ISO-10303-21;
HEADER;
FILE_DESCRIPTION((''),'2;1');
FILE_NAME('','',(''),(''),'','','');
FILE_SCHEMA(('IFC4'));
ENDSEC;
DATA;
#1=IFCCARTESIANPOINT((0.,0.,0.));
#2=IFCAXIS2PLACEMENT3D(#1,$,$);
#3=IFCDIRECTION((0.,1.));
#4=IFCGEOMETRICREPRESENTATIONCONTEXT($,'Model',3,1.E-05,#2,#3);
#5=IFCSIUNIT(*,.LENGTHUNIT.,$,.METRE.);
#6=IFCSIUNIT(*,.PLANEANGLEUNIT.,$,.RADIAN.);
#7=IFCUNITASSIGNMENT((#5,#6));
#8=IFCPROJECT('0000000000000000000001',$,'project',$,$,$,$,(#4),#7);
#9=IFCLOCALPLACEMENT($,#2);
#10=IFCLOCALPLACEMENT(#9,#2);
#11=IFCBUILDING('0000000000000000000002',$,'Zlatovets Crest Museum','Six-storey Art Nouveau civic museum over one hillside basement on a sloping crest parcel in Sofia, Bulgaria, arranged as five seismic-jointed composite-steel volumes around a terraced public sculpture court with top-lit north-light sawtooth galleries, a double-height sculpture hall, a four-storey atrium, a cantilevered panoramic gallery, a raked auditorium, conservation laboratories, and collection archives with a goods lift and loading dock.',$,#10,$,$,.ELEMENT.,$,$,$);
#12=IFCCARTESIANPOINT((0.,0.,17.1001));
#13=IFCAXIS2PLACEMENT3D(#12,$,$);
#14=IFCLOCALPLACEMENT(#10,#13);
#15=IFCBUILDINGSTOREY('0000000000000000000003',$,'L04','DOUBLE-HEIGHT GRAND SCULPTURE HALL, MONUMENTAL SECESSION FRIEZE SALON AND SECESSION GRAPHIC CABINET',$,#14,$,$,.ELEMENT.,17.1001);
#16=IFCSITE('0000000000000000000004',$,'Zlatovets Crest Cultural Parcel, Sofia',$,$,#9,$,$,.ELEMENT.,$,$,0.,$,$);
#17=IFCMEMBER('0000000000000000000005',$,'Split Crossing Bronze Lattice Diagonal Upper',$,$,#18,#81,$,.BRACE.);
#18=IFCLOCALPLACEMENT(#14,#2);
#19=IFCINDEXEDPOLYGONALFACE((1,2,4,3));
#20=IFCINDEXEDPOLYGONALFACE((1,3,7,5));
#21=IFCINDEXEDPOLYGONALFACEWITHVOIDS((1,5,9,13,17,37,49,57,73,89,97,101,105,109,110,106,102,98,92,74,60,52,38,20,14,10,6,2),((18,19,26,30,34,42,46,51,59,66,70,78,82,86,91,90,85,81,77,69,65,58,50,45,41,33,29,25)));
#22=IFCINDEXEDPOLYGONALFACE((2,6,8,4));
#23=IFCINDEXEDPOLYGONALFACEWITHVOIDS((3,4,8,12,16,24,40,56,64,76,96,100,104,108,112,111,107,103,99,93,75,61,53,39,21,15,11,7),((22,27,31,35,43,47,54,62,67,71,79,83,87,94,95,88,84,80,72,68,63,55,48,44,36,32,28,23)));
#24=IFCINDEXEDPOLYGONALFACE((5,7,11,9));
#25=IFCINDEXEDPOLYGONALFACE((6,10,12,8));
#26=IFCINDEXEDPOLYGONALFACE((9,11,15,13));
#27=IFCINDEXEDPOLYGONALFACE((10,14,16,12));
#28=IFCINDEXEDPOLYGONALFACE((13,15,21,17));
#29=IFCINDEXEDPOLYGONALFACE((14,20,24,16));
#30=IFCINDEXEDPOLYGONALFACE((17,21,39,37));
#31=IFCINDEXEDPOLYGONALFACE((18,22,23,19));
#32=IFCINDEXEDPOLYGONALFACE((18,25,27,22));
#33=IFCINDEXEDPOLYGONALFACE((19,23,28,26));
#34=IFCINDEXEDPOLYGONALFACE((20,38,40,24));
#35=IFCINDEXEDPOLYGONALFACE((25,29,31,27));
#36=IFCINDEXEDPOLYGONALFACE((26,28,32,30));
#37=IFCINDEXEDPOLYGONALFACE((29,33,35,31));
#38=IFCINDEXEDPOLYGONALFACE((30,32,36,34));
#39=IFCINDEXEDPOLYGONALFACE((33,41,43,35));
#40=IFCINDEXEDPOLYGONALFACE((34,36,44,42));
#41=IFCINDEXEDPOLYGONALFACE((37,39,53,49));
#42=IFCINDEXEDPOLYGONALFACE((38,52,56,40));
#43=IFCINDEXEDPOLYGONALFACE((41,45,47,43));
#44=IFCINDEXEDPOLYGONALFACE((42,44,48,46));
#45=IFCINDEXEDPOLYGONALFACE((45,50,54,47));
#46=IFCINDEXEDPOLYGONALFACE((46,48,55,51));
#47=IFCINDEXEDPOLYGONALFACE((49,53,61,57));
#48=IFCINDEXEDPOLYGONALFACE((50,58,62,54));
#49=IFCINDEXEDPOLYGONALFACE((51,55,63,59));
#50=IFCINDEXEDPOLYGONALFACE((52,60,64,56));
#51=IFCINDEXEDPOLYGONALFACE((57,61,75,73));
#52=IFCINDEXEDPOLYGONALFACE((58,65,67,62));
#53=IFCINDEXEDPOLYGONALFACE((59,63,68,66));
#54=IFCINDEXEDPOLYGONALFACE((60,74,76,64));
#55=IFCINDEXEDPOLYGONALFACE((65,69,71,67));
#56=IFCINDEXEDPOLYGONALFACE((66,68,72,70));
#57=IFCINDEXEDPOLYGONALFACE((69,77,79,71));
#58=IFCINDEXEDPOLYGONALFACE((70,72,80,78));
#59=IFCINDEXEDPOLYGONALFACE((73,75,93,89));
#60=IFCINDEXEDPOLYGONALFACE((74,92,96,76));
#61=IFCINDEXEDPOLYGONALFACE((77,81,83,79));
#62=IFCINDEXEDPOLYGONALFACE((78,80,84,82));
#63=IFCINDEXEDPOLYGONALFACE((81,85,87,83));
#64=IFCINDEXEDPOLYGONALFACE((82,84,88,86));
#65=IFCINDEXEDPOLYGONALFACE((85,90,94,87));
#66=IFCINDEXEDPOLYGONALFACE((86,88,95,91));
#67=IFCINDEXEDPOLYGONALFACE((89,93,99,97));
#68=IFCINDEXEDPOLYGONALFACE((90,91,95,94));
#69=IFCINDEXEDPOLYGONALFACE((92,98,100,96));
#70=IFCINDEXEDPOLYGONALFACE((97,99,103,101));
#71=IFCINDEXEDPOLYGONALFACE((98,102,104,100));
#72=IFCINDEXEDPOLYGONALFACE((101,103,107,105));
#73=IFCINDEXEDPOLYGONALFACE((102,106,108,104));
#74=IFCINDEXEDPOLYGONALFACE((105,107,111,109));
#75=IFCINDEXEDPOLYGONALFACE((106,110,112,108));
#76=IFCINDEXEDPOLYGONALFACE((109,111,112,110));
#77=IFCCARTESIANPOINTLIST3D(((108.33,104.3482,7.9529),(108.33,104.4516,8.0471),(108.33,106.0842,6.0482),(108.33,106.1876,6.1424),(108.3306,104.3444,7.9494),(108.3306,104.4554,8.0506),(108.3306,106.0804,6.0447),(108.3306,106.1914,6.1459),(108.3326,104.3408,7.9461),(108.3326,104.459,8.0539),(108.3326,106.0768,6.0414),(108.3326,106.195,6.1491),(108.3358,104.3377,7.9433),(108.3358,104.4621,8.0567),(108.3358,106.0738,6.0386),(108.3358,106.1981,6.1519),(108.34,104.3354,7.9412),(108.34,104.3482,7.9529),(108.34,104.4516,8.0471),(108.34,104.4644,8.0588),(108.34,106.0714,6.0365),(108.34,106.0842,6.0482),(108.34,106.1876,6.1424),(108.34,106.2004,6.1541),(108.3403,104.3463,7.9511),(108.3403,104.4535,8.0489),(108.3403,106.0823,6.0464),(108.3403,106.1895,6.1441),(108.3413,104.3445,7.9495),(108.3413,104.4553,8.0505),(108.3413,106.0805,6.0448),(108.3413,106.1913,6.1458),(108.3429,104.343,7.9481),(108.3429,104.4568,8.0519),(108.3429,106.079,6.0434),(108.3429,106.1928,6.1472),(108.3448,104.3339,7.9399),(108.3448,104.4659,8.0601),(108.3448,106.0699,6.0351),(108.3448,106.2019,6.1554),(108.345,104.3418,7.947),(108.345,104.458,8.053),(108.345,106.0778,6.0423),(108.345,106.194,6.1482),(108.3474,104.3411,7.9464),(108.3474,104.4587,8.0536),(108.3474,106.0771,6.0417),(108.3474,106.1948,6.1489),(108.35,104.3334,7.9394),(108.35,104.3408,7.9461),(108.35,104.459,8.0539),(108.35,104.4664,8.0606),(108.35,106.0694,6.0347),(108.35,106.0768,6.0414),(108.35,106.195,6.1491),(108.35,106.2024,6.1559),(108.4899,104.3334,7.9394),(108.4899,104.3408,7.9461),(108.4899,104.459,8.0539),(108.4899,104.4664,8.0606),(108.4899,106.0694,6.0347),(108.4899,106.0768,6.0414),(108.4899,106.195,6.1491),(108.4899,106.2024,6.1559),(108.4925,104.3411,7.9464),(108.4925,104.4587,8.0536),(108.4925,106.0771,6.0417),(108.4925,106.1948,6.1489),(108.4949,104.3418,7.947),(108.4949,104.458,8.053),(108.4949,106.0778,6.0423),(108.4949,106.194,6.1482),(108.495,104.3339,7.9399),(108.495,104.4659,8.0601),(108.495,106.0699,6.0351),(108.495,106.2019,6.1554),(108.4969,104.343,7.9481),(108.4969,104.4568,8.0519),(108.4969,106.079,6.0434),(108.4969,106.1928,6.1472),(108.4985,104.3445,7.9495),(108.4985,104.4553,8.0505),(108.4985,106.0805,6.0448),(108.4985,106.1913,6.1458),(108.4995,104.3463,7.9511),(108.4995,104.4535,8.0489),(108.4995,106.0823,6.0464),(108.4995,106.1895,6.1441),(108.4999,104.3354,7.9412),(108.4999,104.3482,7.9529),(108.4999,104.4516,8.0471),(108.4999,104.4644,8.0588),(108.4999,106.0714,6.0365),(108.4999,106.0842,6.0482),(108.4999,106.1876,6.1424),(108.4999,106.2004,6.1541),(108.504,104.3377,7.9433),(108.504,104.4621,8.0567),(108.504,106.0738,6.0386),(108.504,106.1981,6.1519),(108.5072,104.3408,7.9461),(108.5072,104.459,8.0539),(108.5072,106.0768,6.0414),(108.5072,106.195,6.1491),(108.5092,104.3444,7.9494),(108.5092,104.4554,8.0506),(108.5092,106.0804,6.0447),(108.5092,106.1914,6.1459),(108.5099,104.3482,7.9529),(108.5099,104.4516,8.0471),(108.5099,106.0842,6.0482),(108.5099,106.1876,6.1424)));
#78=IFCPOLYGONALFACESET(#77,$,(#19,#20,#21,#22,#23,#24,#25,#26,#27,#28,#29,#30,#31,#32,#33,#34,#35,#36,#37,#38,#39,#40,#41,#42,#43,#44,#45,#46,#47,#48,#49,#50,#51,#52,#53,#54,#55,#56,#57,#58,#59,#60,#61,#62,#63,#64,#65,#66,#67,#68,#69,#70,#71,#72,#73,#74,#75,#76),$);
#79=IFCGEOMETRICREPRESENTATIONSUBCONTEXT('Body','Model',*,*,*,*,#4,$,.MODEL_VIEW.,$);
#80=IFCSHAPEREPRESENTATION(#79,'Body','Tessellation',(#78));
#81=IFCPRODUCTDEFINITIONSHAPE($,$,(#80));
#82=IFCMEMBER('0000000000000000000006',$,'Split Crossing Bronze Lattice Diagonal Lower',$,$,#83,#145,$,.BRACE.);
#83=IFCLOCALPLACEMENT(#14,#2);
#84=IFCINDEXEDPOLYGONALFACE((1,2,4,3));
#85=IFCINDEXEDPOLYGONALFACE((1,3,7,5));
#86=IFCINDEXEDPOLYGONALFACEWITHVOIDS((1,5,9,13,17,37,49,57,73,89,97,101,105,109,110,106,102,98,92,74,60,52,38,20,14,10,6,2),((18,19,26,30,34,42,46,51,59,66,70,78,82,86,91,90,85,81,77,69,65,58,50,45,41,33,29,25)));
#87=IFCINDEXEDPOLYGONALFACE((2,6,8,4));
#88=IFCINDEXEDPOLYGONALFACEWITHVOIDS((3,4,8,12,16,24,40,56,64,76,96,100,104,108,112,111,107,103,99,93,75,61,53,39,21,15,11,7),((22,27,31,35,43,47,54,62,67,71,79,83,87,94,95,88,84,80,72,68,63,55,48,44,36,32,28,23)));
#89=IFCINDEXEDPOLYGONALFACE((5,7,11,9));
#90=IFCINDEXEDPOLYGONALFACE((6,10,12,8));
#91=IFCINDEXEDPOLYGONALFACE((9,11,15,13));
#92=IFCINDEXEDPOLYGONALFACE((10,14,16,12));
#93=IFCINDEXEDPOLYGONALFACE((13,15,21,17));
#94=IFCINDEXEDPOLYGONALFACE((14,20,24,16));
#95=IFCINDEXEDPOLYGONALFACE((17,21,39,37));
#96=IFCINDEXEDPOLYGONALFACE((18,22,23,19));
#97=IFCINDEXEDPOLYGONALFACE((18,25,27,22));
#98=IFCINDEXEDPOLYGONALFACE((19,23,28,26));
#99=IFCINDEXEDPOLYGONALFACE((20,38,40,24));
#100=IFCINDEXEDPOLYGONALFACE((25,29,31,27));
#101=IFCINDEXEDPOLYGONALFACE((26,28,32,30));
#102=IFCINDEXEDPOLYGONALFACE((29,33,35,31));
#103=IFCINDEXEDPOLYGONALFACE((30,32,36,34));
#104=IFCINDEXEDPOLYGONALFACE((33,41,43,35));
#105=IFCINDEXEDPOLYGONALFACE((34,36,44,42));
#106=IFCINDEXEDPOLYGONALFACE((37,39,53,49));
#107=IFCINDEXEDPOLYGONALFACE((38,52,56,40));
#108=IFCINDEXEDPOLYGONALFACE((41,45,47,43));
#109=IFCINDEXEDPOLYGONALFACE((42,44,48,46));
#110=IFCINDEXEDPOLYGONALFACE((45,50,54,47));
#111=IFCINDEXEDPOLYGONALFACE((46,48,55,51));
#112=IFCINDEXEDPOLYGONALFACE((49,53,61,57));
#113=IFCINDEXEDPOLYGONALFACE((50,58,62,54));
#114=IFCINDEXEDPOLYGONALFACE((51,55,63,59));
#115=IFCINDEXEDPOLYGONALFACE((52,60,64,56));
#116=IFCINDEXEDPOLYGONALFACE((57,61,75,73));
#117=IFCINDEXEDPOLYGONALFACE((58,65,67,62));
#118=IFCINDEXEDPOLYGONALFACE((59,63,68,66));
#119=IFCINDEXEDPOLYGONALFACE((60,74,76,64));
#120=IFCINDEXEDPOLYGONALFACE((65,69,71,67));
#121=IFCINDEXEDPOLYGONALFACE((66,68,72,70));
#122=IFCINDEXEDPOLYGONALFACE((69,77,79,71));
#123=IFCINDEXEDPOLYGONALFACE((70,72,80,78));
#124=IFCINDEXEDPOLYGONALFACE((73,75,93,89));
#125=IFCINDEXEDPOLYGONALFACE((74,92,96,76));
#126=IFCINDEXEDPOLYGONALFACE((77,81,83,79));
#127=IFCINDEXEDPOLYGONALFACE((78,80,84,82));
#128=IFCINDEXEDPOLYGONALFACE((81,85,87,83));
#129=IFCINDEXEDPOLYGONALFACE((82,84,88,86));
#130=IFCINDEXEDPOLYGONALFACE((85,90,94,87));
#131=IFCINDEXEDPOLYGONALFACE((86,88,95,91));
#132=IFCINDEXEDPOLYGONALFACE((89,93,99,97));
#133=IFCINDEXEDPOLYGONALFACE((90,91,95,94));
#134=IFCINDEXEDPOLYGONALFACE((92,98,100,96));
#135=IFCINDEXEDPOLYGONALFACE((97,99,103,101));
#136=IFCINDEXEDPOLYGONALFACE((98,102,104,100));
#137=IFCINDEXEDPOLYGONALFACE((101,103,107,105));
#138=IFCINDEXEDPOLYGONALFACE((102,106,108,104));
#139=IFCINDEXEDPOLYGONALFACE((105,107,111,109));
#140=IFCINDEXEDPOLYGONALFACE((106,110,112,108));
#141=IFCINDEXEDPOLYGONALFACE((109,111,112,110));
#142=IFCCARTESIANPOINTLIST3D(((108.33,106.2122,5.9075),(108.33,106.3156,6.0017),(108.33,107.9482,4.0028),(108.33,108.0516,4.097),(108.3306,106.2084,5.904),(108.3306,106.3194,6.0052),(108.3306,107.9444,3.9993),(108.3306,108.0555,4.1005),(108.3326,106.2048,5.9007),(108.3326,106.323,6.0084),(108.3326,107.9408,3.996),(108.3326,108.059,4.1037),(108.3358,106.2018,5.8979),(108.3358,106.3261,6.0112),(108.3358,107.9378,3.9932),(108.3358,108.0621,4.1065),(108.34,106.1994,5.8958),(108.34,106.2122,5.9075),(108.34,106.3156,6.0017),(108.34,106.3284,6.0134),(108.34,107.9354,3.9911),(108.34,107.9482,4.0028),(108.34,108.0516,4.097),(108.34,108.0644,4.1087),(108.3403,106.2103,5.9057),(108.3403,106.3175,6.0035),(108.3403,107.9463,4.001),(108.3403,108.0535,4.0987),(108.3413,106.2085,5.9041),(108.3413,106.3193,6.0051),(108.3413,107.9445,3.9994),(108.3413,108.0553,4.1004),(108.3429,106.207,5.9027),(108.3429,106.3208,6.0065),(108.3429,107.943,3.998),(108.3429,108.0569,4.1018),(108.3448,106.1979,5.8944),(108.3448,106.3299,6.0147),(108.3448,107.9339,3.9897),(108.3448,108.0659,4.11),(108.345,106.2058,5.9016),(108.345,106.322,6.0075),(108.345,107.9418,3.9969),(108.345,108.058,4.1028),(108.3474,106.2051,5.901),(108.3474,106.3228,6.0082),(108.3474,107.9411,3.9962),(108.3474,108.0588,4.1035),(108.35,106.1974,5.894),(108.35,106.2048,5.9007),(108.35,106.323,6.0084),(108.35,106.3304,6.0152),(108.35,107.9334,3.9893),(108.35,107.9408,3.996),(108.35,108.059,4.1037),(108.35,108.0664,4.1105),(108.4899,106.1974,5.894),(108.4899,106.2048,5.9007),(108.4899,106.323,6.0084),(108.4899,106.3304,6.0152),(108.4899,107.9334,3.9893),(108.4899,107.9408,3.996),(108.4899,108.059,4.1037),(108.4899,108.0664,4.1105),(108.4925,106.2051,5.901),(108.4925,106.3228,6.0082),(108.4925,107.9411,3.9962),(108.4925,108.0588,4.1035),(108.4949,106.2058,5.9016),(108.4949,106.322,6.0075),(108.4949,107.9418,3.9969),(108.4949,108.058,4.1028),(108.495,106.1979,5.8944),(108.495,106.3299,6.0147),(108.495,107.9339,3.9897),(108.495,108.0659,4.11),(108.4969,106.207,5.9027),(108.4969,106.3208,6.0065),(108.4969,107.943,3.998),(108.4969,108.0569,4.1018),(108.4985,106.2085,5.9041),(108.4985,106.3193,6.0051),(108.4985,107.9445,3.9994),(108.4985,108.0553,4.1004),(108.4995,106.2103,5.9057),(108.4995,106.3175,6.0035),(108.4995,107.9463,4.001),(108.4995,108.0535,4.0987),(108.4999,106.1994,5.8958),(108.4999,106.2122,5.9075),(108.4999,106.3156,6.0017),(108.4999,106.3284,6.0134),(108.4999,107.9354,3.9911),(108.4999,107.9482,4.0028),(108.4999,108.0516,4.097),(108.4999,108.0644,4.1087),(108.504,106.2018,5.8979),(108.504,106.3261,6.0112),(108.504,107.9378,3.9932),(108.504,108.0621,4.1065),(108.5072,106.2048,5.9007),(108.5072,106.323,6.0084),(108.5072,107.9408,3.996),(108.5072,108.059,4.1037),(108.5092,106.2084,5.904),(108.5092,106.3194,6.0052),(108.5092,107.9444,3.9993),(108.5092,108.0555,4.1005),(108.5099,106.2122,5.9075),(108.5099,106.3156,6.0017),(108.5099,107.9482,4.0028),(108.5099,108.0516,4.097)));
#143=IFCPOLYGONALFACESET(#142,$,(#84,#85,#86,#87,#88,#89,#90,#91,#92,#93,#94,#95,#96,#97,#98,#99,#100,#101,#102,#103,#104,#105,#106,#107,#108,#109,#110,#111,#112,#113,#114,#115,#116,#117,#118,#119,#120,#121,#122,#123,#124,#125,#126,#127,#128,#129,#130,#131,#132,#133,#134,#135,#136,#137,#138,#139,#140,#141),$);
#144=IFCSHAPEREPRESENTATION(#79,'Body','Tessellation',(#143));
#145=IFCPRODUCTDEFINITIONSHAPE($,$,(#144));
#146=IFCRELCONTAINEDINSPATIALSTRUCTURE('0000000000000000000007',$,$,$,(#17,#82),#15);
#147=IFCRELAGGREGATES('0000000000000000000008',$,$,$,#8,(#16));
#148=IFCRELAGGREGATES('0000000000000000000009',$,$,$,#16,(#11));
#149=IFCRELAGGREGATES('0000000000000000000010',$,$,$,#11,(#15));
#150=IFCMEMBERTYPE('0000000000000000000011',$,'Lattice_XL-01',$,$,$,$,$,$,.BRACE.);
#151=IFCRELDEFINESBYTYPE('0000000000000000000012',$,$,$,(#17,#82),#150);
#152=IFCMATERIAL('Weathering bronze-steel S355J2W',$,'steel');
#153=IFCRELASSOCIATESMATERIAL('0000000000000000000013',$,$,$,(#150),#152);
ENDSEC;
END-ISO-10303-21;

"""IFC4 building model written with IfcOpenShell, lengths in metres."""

from ifc_helpers import new_model, si_unit, direction, frame, origin, origin_2d, place, context, subcontext, project, spatial, hollow_rectangle, extrude, material, material_profile, profile_set, type_object, element, save


model = new_model("IFC4")

# Units and contexts
model_context = context("Model", 3, precision=1e-05, world=origin(), true_north=direction((0.0, 1.0)))
body_context = subcontext(model_context, "Body", "Model", "MODEL_VIEW")
ifc_project = project(units=[si_unit("LENGTHUNIT", "METRE"), si_unit("PLANEANGLEUNIT", "RADIAN")], contexts=[model_context])

# Site, building, storey
site_placement = place(None, origin())
site = spatial("IfcSite", under=ifc_project, at=site_placement, Name="Zlatovets Crest Cultural Parcel, Sofia", CompositionType="ELEMENT", RefElevation=0.0)
building_placement = place(site_placement, origin())
building = spatial("IfcBuilding", under=site, at=building_placement, Name="Zlatovets Crest Museum", Description="Six-storey Art Nouveau civic museum over one hillside basement on a sloping crest parcel in Sofia, Bulgaria, arranged as five seismic-jointed composite-steel volumes around a terraced public sculpture court with top-lit north-light sawtooth galleries, a double-height sculpture hall, a four-storey atrium, a cantilevered panoramic gallery, a raked auditorium, conservation laboratories, and collection archives with a goods lift and loading dock.", CompositionType="ELEMENT")
storey_placement = place(building_placement, frame((0.0, 0.0, 17.1001)))
storey = spatial("IfcBuildingStorey", under=building, at=storey_placement, Name="L04", Description="DOUBLE-HEIGHT GRAND SCULPTURE HALL, MONUMENTAL SECESSION FRIEZE SALON AND SECESSION GRAPHIC CABINET", CompositionType="ELEMENT", Elevation=17.1001)

# Members
ifc_material_1 = material(Name="Weathering bronze-steel S355J2W", Category="steel")
ifc_material_profile_1 = material_profile(ifc_material_1, hollow_rectangle(XDim=0.1799, YDim=0.1799, WallThickness=0.01, InnerFilletRadius=0.01, OuterFilletRadius=0.02, at=origin_2d()), Name="SHS 180x180x10.0")
ifc_profile_set_1 = profile_set([ifc_material_profile_1], Name="Weathering bronze-steel S355J2W")
member_type_1 = type_object("IfcMemberType", Name="Lattice_XL-01", PredefinedType="BRACE", material=ifc_profile_set_1)
for number, where, z_axis, x_axis, name in (
    (1, (108.4199, 104.3999, 8.0), (0.0, 0.67362, -0.739078), (-1.0, 0.0, 0.0), "Split Crossing Bronze Lattice Diagonal Upper"),
    (2, (108.4199, 106.2639, 5.9546), (0.0, 0.67362, -0.739078), (-1.0, 0.0, 0.0), "Split Crossing Bronze Lattice Diagonal Lower"),
):
    element("IfcMember", number, at=place(storey_placement, frame(where, z_axis=z_axis, x_axis=x_axis)), inside=storey, type_object=member_type_1, Name=name, PredefinedType="BRACE", context=body_context, shape_type="SweptSolid", body=[
        extrude(hollow_rectangle(XDim=0.1799, YDim=0.1799, WallThickness=0.01, InnerFilletRadius=0.01, OuterFilletRadius=0.02, at=origin_2d()), origin(), (0.0, 0.0, 1.0), 2.5771),
    ])

save(model, "model.ifc")
